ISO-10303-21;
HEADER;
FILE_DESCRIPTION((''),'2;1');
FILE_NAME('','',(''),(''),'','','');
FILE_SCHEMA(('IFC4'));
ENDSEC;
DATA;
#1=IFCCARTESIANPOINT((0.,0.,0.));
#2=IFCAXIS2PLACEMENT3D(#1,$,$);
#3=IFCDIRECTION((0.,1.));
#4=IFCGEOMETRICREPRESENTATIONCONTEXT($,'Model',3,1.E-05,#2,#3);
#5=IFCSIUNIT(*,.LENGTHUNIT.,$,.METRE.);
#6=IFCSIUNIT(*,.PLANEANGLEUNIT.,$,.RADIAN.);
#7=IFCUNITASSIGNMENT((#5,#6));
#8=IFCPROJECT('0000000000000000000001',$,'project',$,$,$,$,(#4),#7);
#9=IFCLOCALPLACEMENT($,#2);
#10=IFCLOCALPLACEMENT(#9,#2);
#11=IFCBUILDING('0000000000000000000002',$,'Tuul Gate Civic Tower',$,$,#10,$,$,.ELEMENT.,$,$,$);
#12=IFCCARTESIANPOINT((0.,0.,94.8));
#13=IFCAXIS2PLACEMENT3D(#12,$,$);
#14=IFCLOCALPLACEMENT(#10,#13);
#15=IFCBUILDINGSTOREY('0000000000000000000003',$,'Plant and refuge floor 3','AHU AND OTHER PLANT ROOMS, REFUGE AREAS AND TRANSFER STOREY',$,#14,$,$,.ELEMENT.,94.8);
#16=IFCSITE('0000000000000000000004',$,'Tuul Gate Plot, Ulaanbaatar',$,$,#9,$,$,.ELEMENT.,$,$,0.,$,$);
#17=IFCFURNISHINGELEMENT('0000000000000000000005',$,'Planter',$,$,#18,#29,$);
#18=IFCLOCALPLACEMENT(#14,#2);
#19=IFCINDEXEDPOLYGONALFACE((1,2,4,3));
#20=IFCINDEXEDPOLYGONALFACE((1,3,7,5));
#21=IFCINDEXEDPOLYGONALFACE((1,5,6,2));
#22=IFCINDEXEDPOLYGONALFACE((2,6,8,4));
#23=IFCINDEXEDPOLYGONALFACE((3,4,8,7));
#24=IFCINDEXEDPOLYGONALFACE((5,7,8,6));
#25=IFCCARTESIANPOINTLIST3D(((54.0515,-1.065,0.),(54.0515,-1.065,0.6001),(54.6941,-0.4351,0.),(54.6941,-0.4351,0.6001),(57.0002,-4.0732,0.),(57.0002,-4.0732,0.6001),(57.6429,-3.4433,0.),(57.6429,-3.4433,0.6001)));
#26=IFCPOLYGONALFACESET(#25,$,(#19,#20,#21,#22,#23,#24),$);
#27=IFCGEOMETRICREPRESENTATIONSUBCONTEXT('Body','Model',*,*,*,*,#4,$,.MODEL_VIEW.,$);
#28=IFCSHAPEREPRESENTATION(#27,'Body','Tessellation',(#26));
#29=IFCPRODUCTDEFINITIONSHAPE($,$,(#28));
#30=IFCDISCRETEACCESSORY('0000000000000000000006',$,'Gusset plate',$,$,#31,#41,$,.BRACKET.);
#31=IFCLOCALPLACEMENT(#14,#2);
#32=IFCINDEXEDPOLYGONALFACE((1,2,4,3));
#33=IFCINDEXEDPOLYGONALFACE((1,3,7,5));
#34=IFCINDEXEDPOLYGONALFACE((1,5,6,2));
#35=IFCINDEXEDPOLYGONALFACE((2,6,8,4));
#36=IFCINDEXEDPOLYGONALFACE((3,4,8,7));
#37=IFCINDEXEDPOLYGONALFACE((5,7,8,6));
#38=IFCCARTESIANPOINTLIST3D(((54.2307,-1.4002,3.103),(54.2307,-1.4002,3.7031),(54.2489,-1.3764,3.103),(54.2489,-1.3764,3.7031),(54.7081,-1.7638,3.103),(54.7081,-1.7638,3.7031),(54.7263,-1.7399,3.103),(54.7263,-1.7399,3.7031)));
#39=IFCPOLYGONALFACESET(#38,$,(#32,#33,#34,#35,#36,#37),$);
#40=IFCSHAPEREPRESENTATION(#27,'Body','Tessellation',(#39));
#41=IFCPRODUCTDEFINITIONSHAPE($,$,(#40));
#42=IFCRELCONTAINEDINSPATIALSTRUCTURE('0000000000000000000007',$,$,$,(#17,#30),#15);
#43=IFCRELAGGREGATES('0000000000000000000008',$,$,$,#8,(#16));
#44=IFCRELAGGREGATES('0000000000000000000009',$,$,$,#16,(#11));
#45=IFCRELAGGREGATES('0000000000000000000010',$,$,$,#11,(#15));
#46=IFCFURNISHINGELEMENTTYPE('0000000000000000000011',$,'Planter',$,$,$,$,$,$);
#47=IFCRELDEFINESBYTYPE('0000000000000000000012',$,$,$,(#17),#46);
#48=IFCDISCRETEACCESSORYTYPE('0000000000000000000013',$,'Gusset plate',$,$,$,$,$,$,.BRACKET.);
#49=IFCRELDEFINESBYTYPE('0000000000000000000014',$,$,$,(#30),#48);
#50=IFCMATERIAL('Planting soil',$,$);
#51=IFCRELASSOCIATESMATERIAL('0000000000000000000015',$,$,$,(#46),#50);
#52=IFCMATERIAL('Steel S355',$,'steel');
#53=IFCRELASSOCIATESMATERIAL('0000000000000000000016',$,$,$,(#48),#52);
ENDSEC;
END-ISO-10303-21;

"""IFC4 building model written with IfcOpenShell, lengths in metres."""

from ifc_helpers import new_model, si_unit, direction, frame, origin, origin_2d, place, context, subcontext, project, spatial, rectangle, extrude, material, type_object, element, save


model = new_model("IFC4")

# Units and contexts
model_context = context("Model", 3, precision=1e-05, world=origin(), true_north=direction((0.0, 1.0)))
body_context = subcontext(model_context, "Body", "Model", "MODEL_VIEW")
ifc_project = project(units=[si_unit("LENGTHUNIT", "METRE"), si_unit("PLANEANGLEUNIT", "RADIAN")], contexts=[model_context])

# Site, building, storey
site_placement = place(None, origin())
site = spatial("IfcSite", under=ifc_project, at=site_placement, Name="Tuul Gate Plot, Ulaanbaatar", CompositionType="ELEMENT", RefElevation=0.0)
building_placement = place(site_placement, origin())
building = spatial("IfcBuilding", under=site, at=building_placement, Name="Tuul Gate Civic Tower", CompositionType="ELEMENT")
storey_placement = place(building_placement, frame((0.0, 0.0, 94.8)))
storey = spatial("IfcBuildingStorey", under=building, at=storey_placement, Name="Plant and refuge floor 3", Description="AHU AND OTHER PLANT ROOMS, REFUGE AREAS AND TRANSFER STOREY", CompositionType="ELEMENT", Elevation=94.8)

# Furnishing element
ifc_material_1 = material(Name="Planting soil")
furnishing_element_type = type_object("IfcFurnishingElementType", Name="Planter", material=ifc_material_1)
furnishing_placement = place(storey_placement, frame((55.8472, -2.2542, 0.0), z_axis=(0.0, 0.0, 1.0), x_axis=(-0.700011, 0.714132, 0.0)))
element("IfcFurnishingElement", 1, at=furnishing_placement, inside=storey, type_object=furnishing_element_type, Name="Planter", context=body_context, shape_type="SweptSolid", body=[
    extrude(rectangle(XDim=4.2124, YDim=0.8999, at=origin_2d()), origin(), (0.0, 0.0, 1.0), 0.6001),
])

# Discrete accessory
ifc_material_2 = material(Name="Steel S355", Category="steel")
discrete_accessory_type = type_object("IfcDiscreteAccessoryType", Name="Gusset plate", PredefinedType="BRACKET", material=ifc_material_2)
discrete_accessory_placement = place(storey_placement, frame((54.4785, -1.5701, 3.103), z_axis=(0.0, 0.0, 1.0), x_axis=(0.795629, -0.605784, 0.0)))
element("IfcDiscreteAccessory", 2, at=discrete_accessory_placement, inside=storey, type_object=discrete_accessory_type, Name="Gusset plate", PredefinedType="BRACKET", context=body_context, shape_type="SweptSolid", body=[
    extrude(rectangle(XDim=0.6001, YDim=0.03, at=origin_2d()), origin(), (0.0, 0.0, 1.0), 0.6001),
])

save(model, "model.ifc")
